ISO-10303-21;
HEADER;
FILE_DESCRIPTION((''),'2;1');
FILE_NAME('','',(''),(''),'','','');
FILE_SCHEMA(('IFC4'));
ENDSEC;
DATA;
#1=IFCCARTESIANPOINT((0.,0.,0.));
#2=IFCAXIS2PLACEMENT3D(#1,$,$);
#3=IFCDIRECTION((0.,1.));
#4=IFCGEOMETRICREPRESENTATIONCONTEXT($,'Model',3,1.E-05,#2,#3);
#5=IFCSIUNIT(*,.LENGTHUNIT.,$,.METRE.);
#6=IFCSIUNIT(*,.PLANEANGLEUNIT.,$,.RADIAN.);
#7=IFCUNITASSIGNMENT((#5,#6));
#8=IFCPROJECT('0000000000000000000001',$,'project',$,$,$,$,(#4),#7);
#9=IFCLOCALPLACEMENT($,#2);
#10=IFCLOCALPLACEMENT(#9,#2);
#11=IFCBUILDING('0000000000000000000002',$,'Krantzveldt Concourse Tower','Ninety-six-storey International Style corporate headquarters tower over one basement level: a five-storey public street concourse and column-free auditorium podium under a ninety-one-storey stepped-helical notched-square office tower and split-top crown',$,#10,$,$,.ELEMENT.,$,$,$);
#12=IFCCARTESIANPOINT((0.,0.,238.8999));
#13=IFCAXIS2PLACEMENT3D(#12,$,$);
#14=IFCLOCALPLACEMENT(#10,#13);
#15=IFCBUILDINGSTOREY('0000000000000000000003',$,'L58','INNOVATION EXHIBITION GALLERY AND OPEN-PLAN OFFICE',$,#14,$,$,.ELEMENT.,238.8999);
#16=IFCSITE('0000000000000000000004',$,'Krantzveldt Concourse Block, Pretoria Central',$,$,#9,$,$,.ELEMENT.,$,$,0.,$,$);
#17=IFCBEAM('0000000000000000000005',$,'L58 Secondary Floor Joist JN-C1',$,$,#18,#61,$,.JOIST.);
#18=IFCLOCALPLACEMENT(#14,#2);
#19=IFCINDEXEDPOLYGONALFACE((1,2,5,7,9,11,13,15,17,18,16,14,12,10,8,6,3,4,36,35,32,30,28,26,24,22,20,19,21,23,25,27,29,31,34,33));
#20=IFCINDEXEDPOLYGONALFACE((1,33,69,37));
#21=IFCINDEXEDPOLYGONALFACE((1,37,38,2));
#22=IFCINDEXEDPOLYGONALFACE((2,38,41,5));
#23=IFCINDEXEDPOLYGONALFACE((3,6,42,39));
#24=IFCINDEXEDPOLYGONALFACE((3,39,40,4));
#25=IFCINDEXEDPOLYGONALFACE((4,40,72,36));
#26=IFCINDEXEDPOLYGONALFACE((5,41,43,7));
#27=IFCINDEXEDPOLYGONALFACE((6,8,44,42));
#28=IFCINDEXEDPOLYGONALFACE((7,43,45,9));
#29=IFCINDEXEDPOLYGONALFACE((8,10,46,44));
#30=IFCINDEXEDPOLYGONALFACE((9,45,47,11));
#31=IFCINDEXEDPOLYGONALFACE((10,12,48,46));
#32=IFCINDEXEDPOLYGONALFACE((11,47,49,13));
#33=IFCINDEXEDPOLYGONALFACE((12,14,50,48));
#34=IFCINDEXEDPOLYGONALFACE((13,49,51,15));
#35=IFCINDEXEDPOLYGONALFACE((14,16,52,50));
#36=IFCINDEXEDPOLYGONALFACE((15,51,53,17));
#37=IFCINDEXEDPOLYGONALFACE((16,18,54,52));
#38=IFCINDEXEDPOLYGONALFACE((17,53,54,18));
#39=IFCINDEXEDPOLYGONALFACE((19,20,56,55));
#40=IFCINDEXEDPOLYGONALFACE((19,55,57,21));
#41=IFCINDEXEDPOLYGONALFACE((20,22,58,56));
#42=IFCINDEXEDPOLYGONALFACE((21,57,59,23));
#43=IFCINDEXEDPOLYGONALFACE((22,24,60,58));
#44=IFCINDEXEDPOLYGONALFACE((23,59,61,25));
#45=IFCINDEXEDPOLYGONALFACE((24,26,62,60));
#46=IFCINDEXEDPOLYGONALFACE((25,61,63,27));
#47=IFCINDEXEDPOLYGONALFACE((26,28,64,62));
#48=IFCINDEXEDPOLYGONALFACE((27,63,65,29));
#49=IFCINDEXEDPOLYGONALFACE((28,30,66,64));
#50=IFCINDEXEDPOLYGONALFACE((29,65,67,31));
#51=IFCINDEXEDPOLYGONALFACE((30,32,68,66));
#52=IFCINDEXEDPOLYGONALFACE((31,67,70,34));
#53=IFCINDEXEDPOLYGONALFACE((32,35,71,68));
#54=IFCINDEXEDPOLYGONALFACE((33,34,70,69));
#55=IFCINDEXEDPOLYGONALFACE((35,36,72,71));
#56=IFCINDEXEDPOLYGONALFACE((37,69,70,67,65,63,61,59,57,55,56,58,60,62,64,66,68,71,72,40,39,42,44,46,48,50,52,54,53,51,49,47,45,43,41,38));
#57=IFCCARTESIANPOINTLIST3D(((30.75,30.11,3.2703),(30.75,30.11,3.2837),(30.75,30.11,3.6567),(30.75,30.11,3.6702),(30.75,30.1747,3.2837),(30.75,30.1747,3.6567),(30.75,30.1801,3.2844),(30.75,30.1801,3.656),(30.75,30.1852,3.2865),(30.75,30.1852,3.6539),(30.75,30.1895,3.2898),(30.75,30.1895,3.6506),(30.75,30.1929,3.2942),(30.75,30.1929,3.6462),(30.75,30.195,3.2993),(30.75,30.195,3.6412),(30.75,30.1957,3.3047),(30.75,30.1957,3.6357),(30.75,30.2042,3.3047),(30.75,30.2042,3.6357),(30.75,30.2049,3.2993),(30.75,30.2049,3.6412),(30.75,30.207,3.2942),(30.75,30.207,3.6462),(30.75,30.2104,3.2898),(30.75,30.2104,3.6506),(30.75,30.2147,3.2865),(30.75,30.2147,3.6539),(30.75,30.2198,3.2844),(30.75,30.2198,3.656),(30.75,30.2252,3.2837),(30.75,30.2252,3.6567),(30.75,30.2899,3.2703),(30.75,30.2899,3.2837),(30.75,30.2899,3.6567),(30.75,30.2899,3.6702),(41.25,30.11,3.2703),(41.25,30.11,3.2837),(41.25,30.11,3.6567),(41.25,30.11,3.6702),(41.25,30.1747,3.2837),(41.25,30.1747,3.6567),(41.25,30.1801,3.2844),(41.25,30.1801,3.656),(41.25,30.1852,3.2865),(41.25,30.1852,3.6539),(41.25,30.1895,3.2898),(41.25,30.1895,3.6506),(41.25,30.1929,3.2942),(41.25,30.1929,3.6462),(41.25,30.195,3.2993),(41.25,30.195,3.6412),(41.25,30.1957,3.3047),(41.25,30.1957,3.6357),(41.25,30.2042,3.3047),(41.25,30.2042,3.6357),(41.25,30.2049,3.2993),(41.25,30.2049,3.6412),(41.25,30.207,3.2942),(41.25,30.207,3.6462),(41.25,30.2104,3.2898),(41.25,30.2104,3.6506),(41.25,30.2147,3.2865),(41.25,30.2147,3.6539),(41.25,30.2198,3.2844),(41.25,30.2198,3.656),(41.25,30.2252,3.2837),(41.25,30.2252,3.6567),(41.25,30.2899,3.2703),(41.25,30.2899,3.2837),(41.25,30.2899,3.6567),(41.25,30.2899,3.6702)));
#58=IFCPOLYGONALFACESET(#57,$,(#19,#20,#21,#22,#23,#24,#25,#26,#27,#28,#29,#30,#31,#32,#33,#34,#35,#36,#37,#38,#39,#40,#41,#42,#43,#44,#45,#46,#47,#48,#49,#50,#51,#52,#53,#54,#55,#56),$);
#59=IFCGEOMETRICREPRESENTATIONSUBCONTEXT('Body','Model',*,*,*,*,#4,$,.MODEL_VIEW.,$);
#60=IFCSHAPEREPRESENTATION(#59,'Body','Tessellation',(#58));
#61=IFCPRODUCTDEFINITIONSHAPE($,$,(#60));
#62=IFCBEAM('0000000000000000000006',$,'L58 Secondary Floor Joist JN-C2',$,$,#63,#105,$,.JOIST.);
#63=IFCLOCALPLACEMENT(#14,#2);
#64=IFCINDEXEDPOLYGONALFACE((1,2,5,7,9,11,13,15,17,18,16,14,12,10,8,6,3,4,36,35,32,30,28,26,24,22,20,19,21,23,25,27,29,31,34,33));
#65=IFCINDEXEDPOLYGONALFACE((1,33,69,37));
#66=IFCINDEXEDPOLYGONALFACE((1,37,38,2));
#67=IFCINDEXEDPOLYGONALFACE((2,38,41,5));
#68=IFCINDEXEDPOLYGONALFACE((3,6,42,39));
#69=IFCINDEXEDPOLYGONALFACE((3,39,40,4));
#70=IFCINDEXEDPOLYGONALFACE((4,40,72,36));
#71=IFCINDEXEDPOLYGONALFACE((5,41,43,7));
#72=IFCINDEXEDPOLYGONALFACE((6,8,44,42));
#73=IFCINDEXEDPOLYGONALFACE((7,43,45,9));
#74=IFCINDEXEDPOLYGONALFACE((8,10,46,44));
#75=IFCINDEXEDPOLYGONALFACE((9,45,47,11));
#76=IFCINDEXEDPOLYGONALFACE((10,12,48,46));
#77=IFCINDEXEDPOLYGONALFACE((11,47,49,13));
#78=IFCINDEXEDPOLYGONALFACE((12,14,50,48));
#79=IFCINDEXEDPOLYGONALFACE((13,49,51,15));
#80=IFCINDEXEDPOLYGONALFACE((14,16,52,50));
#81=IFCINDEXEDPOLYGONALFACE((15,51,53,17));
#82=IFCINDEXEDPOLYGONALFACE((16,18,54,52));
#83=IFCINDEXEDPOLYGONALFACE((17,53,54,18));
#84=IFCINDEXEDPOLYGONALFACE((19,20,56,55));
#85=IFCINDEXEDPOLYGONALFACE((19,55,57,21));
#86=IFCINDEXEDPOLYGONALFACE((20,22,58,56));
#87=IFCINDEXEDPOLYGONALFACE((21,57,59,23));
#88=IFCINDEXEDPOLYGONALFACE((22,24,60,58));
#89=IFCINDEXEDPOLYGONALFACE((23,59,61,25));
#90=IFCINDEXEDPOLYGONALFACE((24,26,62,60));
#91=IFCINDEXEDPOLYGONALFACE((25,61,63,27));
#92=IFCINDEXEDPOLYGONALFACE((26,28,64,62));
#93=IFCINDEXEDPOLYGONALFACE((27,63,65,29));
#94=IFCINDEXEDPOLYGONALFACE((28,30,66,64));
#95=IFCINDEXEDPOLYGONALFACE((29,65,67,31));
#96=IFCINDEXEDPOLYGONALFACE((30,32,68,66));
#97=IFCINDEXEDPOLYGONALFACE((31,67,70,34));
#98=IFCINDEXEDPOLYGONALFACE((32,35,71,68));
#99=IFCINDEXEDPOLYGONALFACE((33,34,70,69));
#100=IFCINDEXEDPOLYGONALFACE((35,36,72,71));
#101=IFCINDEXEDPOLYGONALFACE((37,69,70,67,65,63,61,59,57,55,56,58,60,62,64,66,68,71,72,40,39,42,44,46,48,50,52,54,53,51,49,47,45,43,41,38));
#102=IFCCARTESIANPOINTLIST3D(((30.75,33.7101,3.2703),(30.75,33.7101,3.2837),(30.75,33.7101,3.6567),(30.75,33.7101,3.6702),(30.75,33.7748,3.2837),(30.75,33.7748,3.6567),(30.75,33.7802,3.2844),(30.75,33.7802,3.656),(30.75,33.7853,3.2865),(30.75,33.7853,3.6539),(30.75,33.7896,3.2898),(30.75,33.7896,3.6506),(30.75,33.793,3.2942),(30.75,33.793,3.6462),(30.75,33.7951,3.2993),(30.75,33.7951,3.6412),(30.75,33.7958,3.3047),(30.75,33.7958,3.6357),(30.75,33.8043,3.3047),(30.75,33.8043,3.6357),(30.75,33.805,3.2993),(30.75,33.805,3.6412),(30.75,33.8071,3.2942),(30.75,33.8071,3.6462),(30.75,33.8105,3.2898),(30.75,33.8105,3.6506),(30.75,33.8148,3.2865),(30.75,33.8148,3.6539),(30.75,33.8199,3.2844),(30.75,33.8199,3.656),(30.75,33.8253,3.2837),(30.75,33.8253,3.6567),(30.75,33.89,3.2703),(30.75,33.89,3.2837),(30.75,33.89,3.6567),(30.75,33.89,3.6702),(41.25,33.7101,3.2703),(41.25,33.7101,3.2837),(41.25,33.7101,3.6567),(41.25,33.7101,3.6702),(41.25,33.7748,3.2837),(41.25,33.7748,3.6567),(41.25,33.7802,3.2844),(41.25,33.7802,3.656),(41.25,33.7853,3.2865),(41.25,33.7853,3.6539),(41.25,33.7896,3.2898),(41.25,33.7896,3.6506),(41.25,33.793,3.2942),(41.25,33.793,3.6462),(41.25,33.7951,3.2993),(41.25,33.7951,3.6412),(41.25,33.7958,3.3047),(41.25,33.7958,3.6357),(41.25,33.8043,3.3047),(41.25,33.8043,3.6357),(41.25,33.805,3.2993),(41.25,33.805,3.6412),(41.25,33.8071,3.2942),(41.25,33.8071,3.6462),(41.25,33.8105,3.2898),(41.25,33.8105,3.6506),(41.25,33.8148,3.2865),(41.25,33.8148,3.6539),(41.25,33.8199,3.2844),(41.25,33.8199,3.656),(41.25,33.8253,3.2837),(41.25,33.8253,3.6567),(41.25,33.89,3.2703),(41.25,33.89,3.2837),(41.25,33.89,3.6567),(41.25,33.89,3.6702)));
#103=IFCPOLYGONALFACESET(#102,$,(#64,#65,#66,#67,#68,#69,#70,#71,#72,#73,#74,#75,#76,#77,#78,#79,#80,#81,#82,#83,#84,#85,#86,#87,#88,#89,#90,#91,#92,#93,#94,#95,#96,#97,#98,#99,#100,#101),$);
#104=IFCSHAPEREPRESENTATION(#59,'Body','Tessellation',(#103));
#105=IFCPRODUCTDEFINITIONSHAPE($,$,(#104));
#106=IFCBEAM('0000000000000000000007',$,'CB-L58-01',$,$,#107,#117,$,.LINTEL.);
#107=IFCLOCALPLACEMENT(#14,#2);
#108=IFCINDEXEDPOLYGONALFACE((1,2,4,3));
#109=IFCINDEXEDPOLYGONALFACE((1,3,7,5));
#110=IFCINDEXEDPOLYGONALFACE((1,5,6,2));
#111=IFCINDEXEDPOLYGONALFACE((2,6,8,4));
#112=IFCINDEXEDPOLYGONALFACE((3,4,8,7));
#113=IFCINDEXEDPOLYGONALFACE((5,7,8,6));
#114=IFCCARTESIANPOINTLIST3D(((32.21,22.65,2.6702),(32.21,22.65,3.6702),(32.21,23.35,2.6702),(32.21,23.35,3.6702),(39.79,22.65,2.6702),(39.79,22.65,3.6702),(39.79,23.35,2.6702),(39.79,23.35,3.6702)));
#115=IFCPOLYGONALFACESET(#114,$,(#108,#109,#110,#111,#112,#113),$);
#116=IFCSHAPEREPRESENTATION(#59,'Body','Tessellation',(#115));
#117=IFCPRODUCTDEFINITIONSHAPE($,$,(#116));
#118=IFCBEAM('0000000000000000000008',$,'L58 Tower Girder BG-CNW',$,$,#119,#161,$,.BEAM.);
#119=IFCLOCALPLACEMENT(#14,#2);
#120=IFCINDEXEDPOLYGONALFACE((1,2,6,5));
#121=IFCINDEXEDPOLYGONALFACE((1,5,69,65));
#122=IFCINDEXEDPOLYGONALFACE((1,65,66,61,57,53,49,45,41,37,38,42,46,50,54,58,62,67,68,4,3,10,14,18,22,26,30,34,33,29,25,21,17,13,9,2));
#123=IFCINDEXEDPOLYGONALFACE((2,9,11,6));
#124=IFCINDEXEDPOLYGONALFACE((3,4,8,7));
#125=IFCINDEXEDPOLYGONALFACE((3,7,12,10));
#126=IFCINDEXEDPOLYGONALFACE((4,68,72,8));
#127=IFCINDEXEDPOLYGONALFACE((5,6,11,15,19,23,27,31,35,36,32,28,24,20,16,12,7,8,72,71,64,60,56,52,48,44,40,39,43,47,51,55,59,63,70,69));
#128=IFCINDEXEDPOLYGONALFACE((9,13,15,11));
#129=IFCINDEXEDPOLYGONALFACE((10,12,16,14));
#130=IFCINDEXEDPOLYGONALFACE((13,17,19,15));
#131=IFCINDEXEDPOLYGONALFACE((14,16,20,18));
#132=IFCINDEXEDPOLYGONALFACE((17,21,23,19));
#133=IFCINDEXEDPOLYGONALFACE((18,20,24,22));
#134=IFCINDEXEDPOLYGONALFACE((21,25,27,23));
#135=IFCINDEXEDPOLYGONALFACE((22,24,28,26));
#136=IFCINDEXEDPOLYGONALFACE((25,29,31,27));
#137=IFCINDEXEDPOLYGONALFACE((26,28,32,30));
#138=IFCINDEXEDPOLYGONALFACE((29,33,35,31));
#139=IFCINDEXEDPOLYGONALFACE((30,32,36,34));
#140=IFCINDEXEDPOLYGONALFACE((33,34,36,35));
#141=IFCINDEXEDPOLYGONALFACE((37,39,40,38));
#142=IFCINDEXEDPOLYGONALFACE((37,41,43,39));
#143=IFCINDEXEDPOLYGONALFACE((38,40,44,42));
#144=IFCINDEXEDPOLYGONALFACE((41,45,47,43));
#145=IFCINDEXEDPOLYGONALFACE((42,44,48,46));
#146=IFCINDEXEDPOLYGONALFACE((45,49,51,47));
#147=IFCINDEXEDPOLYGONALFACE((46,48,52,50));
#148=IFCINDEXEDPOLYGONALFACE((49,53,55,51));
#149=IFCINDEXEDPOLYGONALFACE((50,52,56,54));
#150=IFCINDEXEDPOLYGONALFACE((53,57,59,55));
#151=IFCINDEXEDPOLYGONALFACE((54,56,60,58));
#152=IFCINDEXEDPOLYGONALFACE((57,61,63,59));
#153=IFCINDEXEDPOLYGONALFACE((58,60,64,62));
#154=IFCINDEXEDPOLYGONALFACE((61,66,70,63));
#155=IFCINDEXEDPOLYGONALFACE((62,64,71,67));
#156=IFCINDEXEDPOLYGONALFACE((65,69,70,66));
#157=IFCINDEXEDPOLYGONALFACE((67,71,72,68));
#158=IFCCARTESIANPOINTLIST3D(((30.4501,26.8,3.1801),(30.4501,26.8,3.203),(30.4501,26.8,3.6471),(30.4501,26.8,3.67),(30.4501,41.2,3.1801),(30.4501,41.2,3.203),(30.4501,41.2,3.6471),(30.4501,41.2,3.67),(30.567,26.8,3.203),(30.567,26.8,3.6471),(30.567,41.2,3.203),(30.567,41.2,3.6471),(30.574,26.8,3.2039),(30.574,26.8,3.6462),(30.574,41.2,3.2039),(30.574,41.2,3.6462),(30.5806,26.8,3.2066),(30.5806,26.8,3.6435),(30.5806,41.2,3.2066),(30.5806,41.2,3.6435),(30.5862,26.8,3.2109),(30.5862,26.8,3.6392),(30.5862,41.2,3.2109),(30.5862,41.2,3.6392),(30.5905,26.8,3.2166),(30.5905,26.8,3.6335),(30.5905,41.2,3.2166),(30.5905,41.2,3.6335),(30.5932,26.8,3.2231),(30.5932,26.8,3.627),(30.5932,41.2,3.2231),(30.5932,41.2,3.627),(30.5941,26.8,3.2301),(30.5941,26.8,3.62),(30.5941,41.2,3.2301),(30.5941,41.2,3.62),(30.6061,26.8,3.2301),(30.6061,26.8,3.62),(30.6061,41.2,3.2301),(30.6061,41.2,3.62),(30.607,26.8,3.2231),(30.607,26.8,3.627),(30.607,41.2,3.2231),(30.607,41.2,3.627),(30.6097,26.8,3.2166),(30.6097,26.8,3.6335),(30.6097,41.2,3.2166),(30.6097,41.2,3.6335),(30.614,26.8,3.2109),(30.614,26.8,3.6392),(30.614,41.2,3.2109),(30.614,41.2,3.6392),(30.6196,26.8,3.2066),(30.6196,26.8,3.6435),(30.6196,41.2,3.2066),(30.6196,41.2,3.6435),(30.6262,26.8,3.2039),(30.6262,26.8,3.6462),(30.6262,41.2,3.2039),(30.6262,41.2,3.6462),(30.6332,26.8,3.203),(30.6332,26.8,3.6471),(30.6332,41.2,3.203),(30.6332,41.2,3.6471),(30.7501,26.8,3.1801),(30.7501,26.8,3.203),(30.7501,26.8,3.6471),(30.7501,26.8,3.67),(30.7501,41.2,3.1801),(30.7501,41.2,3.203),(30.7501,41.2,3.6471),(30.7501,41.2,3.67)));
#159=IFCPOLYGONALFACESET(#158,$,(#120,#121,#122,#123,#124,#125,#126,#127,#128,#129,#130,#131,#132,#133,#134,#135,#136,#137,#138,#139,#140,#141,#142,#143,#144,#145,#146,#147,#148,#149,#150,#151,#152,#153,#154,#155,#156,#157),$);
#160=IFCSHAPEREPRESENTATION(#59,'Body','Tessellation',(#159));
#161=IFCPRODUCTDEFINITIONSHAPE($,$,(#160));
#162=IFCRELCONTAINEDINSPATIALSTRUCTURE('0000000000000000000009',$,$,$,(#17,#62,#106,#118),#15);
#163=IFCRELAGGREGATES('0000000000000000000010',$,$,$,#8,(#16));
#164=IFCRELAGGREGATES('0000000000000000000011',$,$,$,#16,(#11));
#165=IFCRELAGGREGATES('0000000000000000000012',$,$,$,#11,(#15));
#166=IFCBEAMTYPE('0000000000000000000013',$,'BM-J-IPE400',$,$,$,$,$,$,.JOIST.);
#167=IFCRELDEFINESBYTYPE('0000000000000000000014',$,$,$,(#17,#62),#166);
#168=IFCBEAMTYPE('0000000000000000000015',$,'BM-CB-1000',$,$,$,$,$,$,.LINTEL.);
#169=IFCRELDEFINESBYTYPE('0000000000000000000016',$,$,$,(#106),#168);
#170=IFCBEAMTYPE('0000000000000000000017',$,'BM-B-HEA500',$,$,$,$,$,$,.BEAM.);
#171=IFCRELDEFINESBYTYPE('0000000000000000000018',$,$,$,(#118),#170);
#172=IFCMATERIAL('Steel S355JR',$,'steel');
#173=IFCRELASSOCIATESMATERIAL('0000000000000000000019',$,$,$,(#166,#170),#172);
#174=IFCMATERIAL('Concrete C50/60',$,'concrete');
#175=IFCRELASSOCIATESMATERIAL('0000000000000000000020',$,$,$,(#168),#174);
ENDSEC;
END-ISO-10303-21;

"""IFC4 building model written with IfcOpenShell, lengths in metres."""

from ifc_helpers import new_model, si_unit, direction, frame, origin, origin_2d, place, context, subcontext, project, spatial, rectangle, i_section, extrude, source, transform, mapped, material, material_profile, profile_set, type_object, type_shapes, element, save


model = new_model("IFC4")

# Units and contexts
model_context = context("Model", 3, precision=1e-05, world=origin(), true_north=direction((0.0, 1.0)))
body_context = subcontext(model_context, "Body", "Model", "MODEL_VIEW")
ifc_project = project(units=[si_unit("LENGTHUNIT", "METRE"), si_unit("PLANEANGLEUNIT", "RADIAN")], contexts=[model_context])

# Site, building, storey
site_placement = place(None, origin())
site = spatial("IfcSite", under=ifc_project, at=site_placement, Name="Krantzveldt Concourse Block, Pretoria Central", CompositionType="ELEMENT", RefElevation=0.0)
building_placement = place(site_placement, origin())
building = spatial("IfcBuilding", under=site, at=building_placement, Name="Krantzveldt Concourse Tower", Description="Ninety-six-storey International Style corporate headquarters tower over one basement level: a five-storey public street concourse and column-free auditorium podium under a ninety-one-storey stepped-helical notched-square office tower and split-top crown", CompositionType="ELEMENT")
storey_placement = place(building_placement, frame((0.0, 0.0, 238.8999)))
storey = spatial("IfcBuildingStorey", under=building, at=storey_placement, Name="L58", Description="INNOVATION EXHIBITION GALLERY AND OPEN-PLAN OFFICE", CompositionType="ELEMENT", Elevation=238.8999)

# Beams
ifc_material_1 = material(Name="Steel S355JR", Category="steel")
ifc_material_profile_1 = material_profile(ifc_material_1, i_section(OverallWidth=0.1799, OverallDepth=0.3999, WebThickness=0.0085, FlangeThickness=0.0134, FilletRadius=0.021, at=origin_2d()), Name="Steel S355JR", Category="steel")
ifc_profile_set_1 = profile_set([ifc_material_profile_1], Name="Steel S355JR - IPE 400")
beam_type_1 = type_object("IfcBeamType", Name="BM-J-IPE400", PredefinedType="JOIST", material=ifc_profile_set_1)
shared_shape_1 = source(origin(), body_context, "Body", "SweptSolid", [
    extrude(i_section(OverallWidth=0.1799, OverallDepth=0.3999, WebThickness=0.0085, FlangeThickness=0.0134, FilletRadius=0.021, at=origin_2d()), origin(), (0.0, 0.0, 1.0), 10.5),
])
for number, where, z_axis, x_axis, name in (
    (1, (30.75, 30.2, 3.4702), (1.0, 0.0, 0.0), (0.0, 1.0, 0.0), "L58 Secondary Floor Joist JN-C1"),
    (2, (30.75, 33.8, 3.4702), (1.0, 0.0, 0.0), (0.0, 1.0, 0.0), "L58 Secondary Floor Joist JN-C2"),
):
    element("IfcBeam", number, at=place(storey_placement, frame(where, z_axis=z_axis, x_axis=x_axis)), inside=storey, type_object=beam_type_1, Name=name, PredefinedType="JOIST", context=body_context, shape_type="MappedRepresentation", body=[
        mapped(shared_shape_1, transform((0.0, 0.0, 0.0), x_axis=(1.0, 0.0, 0.0), y_axis=(0.0, 1.0, 0.0), z_axis=(0.0, 0.0, 1.0), scale=1.0)),
    ])
ifc_material_2 = material(Name="Concrete C50/60", Category="concrete")
ifc_material_profile_2 = material_profile(ifc_material_2, rectangle(XDim=0.7, YDim=1.0, at=origin_2d()), Name="Concrete C50/60", Category="concrete")
ifc_profile_set_2 = profile_set([ifc_material_profile_2], Name="Concrete C50/60 - RC-CB 700x1000")
beam_type_2 = type_object("IfcBeamType", Name="BM-CB-1000", PredefinedType="LINTEL", material=ifc_profile_set_2)
shared_shape_2 = source(origin(), body_context, "Body", "SweptSolid", [
    extrude(rectangle(XDim=0.7, YDim=1.0, at=origin_2d()), origin(), (0.0, 0.0, 1.0), 7.5801),
])
type_shapes(beam_type_2, [shared_shape_2])
beam_1_placement = place(storey_placement, frame((32.21, 23.0, 3.1702), z_axis=(1.0, 0.0, 0.0), x_axis=(0.0, 1.0, 0.0)))
element("IfcBeam", 3, at=beam_1_placement, inside=storey, type_object=beam_type_2, Name="CB-L58-01", PredefinedType="LINTEL", context=body_context, shape_type="MappedRepresentation", body=[
    mapped(shared_shape_2, transform((0.0, 0.0, 0.0), x_axis=(1.0, 0.0, 0.0), y_axis=(0.0, 1.0, 0.0), z_axis=(0.0, 0.0, 1.0), scale=1.0)),
])
ifc_material_profile_3 = material_profile(ifc_material_1, i_section(OverallWidth=0.3, OverallDepth=0.49, WebThickness=0.012, FlangeThickness=0.0229, FilletRadius=0.0271, at=origin_2d()), Name="Steel S355JR", Category="steel")
ifc_profile_set_3 = profile_set([ifc_material_profile_3], Name="Steel S355JR - HEA 500")
beam_type_3 = type_object("IfcBeamType", Name="BM-B-HEA500", PredefinedType="BEAM", material=ifc_profile_set_3)
shared_shape_3 = source(origin(), body_context, "Body", "SweptSolid", [
    extrude(i_section(OverallWidth=0.3, OverallDepth=0.49, WebThickness=0.012, FlangeThickness=0.0229, FilletRadius=0.0271, at=origin_2d()), origin(), (0.0, 0.0, 1.0), 14.3999),
])
type_shapes(beam_type_3, [shared_shape_3])
beam_2_placement = place(storey_placement, frame((30.6001, 26.8, 3.425), z_axis=(0.0, 1.0, 0.0), x_axis=(-1.0, 0.0, 0.0)))
element("IfcBeam", 4, at=beam_2_placement, inside=storey, type_object=beam_type_3, Name="L58 Tower Girder BG-CNW", PredefinedType="BEAM", context=body_context, shape_type="MappedRepresentation", body=[
    mapped(shared_shape_3, transform((0.0, 0.0, 0.0), x_axis=(1.0, 0.0, 0.0), y_axis=(0.0, 1.0, 0.0), z_axis=(0.0, 0.0, 1.0), scale=1.0)),
])

save(model, "model.ifc")
